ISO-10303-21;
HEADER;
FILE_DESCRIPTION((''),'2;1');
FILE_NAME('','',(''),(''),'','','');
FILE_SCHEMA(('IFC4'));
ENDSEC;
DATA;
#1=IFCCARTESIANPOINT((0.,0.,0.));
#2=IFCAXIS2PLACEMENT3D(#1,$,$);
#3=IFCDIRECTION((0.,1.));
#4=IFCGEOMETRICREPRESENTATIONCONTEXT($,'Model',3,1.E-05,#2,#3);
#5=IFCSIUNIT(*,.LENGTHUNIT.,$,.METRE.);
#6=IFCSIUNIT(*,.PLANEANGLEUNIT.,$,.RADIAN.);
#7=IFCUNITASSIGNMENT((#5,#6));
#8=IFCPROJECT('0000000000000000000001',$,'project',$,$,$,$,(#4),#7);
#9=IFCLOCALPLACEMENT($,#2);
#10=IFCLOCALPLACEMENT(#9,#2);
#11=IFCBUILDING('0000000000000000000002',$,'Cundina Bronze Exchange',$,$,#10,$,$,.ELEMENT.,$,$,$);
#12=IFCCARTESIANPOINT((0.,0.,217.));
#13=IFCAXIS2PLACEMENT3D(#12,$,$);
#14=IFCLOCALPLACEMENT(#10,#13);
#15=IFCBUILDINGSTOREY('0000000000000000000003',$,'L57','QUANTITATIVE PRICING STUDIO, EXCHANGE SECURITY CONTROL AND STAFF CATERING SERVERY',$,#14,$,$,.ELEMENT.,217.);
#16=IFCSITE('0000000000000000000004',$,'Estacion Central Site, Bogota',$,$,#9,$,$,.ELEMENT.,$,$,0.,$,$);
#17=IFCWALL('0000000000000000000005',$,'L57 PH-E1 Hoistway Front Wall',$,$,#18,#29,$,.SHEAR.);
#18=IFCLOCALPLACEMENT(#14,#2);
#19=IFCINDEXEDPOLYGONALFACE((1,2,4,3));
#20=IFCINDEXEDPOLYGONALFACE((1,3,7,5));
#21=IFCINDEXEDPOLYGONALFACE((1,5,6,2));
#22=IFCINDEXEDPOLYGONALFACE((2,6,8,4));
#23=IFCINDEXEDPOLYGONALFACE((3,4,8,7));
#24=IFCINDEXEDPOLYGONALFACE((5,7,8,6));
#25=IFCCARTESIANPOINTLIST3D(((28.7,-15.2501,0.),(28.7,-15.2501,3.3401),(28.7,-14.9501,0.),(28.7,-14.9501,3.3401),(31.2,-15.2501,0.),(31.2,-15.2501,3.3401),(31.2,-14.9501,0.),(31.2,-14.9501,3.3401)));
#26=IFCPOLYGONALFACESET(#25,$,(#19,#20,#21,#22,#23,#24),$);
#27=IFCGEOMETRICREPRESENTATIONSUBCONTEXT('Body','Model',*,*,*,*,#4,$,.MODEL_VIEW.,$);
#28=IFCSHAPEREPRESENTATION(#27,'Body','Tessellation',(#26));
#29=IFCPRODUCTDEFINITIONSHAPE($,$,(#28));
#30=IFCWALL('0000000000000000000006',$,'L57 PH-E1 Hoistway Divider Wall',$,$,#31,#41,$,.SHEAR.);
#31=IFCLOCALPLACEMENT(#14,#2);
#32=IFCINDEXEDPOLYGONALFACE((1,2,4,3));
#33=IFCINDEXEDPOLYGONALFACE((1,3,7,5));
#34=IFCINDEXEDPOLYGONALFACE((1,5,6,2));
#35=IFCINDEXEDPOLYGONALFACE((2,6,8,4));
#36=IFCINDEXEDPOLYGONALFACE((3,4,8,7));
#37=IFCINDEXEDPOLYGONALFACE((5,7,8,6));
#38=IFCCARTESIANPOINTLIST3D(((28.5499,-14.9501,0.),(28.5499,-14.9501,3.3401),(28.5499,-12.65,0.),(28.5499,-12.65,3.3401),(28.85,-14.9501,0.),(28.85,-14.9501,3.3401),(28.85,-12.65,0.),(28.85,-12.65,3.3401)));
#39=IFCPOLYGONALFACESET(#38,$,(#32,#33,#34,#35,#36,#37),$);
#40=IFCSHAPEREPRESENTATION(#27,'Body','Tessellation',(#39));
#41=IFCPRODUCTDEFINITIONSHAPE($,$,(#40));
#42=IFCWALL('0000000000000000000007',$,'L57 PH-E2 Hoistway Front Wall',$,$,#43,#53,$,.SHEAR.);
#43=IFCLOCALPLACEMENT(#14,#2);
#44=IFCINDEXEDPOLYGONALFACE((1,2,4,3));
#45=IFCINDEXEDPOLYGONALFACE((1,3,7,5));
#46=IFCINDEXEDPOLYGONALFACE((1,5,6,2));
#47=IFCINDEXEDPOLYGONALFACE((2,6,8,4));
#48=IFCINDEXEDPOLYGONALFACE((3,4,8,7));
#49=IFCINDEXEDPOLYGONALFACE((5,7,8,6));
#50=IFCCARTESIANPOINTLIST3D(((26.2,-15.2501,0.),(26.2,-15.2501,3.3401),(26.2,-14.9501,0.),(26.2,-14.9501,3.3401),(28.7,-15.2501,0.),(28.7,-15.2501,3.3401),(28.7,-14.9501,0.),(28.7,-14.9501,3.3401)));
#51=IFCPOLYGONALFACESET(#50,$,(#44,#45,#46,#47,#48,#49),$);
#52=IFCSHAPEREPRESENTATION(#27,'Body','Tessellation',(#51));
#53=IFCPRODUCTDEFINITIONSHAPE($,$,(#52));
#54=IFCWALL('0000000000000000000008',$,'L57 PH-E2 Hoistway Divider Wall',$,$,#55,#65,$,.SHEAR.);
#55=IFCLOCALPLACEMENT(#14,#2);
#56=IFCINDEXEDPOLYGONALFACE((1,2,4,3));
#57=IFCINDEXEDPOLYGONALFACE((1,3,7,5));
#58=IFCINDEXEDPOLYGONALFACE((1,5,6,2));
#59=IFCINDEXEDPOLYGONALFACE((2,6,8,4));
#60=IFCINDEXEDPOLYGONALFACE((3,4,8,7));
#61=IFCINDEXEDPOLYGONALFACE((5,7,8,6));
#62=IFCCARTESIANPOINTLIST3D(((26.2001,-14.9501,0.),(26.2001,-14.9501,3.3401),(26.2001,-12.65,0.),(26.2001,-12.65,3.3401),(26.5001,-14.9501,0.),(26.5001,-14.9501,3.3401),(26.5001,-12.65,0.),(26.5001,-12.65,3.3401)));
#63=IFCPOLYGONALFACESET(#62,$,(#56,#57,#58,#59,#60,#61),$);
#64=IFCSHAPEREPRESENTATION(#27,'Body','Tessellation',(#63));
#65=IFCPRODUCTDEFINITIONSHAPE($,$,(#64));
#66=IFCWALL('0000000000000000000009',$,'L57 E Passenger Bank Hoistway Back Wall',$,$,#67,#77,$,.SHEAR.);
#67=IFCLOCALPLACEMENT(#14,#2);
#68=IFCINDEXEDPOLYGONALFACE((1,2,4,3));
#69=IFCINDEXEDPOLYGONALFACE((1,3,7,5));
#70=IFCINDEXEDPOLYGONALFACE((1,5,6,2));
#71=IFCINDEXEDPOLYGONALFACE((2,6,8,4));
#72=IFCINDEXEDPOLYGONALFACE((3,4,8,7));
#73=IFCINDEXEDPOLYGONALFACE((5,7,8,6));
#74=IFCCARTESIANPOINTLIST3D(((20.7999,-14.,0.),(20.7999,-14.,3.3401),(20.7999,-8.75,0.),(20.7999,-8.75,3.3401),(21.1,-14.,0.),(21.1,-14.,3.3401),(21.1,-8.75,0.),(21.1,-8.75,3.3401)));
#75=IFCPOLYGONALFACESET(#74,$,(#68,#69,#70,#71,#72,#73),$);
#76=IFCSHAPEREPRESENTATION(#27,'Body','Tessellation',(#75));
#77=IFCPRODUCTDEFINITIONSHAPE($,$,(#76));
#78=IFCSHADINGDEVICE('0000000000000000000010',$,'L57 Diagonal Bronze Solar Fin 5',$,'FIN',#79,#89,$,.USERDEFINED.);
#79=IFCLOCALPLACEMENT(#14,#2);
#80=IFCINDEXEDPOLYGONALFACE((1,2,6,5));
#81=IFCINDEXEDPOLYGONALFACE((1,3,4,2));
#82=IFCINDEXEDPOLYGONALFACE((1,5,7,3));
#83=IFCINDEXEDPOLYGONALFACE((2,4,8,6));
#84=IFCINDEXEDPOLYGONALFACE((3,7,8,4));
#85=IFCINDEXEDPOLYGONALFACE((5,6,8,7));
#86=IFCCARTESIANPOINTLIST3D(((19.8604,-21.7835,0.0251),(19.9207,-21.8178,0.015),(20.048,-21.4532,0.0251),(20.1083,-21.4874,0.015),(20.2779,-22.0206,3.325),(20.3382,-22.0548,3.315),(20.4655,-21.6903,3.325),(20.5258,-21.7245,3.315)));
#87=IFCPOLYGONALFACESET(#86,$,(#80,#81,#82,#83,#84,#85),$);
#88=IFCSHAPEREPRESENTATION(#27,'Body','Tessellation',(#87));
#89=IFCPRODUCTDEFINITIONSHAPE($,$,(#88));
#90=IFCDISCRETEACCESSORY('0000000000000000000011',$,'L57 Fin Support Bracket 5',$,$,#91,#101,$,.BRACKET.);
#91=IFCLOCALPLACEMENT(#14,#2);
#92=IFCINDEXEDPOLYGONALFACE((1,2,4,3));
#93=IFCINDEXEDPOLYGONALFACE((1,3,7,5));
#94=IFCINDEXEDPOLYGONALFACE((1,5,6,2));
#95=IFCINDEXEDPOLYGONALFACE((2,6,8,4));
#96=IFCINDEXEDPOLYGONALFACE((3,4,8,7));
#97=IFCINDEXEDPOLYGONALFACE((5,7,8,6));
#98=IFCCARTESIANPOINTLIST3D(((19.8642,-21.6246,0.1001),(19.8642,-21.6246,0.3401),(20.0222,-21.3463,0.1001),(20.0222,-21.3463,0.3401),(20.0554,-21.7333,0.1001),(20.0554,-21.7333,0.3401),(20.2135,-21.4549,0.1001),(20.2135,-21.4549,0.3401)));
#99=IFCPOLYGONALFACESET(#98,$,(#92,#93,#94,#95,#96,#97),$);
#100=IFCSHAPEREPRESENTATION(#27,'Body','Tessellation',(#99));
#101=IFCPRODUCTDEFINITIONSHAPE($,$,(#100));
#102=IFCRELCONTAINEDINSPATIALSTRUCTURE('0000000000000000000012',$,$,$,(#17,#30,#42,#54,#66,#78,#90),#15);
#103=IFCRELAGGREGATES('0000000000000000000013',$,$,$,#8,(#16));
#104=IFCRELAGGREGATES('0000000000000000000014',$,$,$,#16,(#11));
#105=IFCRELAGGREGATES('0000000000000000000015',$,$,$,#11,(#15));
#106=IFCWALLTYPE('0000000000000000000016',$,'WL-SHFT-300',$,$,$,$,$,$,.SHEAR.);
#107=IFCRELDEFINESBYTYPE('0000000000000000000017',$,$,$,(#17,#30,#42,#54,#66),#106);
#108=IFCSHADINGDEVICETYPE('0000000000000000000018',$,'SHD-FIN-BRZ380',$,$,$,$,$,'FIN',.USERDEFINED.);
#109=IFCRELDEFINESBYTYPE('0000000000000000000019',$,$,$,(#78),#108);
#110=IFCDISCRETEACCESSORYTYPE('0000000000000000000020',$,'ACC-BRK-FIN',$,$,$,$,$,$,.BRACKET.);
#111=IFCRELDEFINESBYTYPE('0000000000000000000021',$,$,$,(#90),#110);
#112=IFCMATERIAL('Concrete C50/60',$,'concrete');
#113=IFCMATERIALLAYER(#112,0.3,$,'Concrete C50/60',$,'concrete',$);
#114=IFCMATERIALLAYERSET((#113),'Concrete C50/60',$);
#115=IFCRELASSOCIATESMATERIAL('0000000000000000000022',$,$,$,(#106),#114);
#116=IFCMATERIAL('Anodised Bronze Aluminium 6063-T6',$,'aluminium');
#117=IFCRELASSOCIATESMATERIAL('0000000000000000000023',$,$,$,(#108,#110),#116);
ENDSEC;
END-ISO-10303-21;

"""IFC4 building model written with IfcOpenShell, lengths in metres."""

from ifc_helpers import new_model, si_unit, direction, frame, frame_2d, origin, origin_2d, place, context, subcontext, project, spatial, rectangle, extrude, material, layer, layer_set, material_profile, profile_set, type_object, element, save


model = new_model("IFC4")

# Units and contexts
model_context = context("Model", 3, precision=1e-05, world=origin(), true_north=direction((0.0, 1.0)))
body_context = subcontext(model_context, "Body", "Model", "MODEL_VIEW")
ifc_project = project(units=[si_unit("LENGTHUNIT", "METRE"), si_unit("PLANEANGLEUNIT", "RADIAN")], contexts=[model_context])

# Site, building, storey
site_placement = place(None, origin())
site = spatial("IfcSite", under=ifc_project, at=site_placement, Name="Estacion Central Site, Bogota", CompositionType="ELEMENT", RefElevation=0.0)
building_placement = place(site_placement, origin())
building = spatial("IfcBuilding", under=site, at=building_placement, Name="Cundina Bronze Exchange", CompositionType="ELEMENT")
storey_placement = place(building_placement, frame((0.0, 0.0, 217.0)))
storey = spatial("IfcBuildingStorey", under=building, at=storey_placement, Name="L57", Description="QUANTITATIVE PRICING STUDIO, EXCHANGE SECURITY CONTROL AND STAFF CATERING SERVERY", CompositionType="ELEMENT", Elevation=217.0)

# Shared definitions
ifc_material_1 = material(Name="Concrete C50/60", Category="concrete")

# Shared definitions
ifc_material_2 = material(Name="Anodised Bronze Aluminium 6063-T6", Category="aluminium")

# Walls
ifc_layer_1 = layer(ifc_material_1, 0.3, Name="Concrete C50/60", Category="concrete")
ifc_layer_set_1 = layer_set([ifc_layer_1], Name="Concrete C50/60")
wall_type_1 = type_object("IfcWallType", Name="WL-SHFT-300", PredefinedType="SHEAR", material=ifc_layer_set_1)
wall_1_placement = place(storey_placement, frame((28.7, -15.1001, 0.0), z_axis=(0.0, 0.0, 1.0), x_axis=(1.0, 0.0, 0.0)))
element("IfcWall", 1, at=wall_1_placement, inside=storey, type_object=wall_type_1, Name="L57 PH-E1 Hoistway Front Wall", PredefinedType="SHEAR", context=body_context, shape_type="SweptSolid", body=[
    extrude(rectangle(XDim=2.5, YDim=0.3, at=frame_2d((1.25, 0.0))), origin(), (0.0, 0.0, 1.0), 3.3401),
])
wall_2_placement = place(storey_placement, frame((28.7, -14.95, 0.0), z_axis=(0.0, 0.0, 1.0), x_axis=(0.0, 1.0, 0.0)))
element("IfcWall", 2, at=wall_2_placement, inside=storey, type_object=wall_type_1, Name="L57 PH-E1 Hoistway Divider Wall", PredefinedType="SHEAR", context=body_context, shape_type="SweptSolid", body=[
    extrude(rectangle(XDim=2.3, YDim=0.3, at=frame_2d((1.1499, 0.0))), origin(), (0.0, 0.0, 1.0), 3.3401),
])
wall_3_placement = place(storey_placement, frame((26.2, -15.1001, 0.0), z_axis=(0.0, 0.0, 1.0), x_axis=(1.0, 0.0, 0.0)))
element("IfcWall", 3, at=wall_3_placement, inside=storey, type_object=wall_type_1, Name="L57 PH-E2 Hoistway Front Wall", PredefinedType="SHEAR", context=body_context, shape_type="SweptSolid", body=[
    extrude(rectangle(XDim=2.5, YDim=0.3, at=frame_2d((1.25, 0.0))), origin(), (0.0, 0.0, 1.0), 3.3401),
])
wall_4_placement = place(storey_placement, frame((26.3501, -14.95, 0.0), z_axis=(0.0, 0.0, 1.0), x_axis=(0.0, 1.0, 0.0)))
element("IfcWall", 4, at=wall_4_placement, inside=storey, type_object=wall_type_1, Name="L57 PH-E2 Hoistway Divider Wall", PredefinedType="SHEAR", context=body_context, shape_type="SweptSolid", body=[
    extrude(rectangle(XDim=2.3, YDim=0.3, at=frame_2d((1.1499, 0.0))), origin(), (0.0, 0.0, 1.0), 3.3401),
])
wall_5_placement = place(storey_placement, frame((20.95, -14.0, 0.0), z_axis=(0.0, 0.0, 1.0), x_axis=(0.0, 1.0, 0.0)))
element("IfcWall", 5, at=wall_5_placement, inside=storey, type_object=wall_type_1, Name="L57 E Passenger Bank Hoistway Back Wall", PredefinedType="SHEAR", context=body_context, shape_type="SweptSolid", body=[
    extrude(rectangle(XDim=5.25, YDim=0.3, at=frame_2d((2.625, 0.0))), origin(), (0.0, 0.0, 1.0), 3.3401),
])

# Shading device
ifc_material_profile_1 = material_profile(ifc_material_2, rectangle(XDim=0.0701, YDim=0.3799, at=origin_2d()), Name="FIN70X380", Category="aluminium")
ifc_profile_set_1 = profile_set([ifc_material_profile_1], Name="Anodised Bronze Aluminium 6063-T6")
shading_device_type = type_object("IfcShadingDeviceType", Name="SHD-FIN-BRZ380", ElementType="FIN", PredefinedType="USERDEFINED", material=ifc_profile_set_1)
shading_device_placement = place(storey_placement, frame((19.9844, -21.6355, 0.02), z_axis=(0.12519, -0.071087, 0.989583), x_axis=(-0.860527, 0.488638, 0.143965)))
element("IfcShadingDevice", 6, at=shading_device_placement, inside=storey, type_object=shading_device_type, Name="L57 Diagonal Bronze Solar Fin 5", ObjectType="FIN", PredefinedType="USERDEFINED", context=body_context, shape_type="SweptSolid", body=[
    extrude(rectangle(XDim=0.0701, YDim=0.3799, at=origin_2d()), origin(), (0.0, 0.0, 1.0), 3.3347),
])

# Discrete accessory
discrete_accessory_type = type_object("IfcDiscreteAccessoryType", Name="ACC-BRK-FIN", PredefinedType="BRACKET", material=ifc_material_2)
discrete_accessory_placement = place(storey_placement, frame((20.0388, -21.5398, 0.1001), z_axis=(0.0, 0.0, 1.0), x_axis=(0.869573, -0.493805, 0.0)))
element("IfcDiscreteAccessory", 7, at=discrete_accessory_placement, inside=storey, type_object=discrete_accessory_type, Name="L57 Fin Support Bracket 5", PredefinedType="BRACKET", context=body_context, shape_type="SweptSolid", body=[
    extrude(rectangle(XDim=0.22, YDim=0.3201, at=origin_2d()), origin(), (0.0, 0.0, 1.0), 0.24),
])

save(model, "model.ifc")
